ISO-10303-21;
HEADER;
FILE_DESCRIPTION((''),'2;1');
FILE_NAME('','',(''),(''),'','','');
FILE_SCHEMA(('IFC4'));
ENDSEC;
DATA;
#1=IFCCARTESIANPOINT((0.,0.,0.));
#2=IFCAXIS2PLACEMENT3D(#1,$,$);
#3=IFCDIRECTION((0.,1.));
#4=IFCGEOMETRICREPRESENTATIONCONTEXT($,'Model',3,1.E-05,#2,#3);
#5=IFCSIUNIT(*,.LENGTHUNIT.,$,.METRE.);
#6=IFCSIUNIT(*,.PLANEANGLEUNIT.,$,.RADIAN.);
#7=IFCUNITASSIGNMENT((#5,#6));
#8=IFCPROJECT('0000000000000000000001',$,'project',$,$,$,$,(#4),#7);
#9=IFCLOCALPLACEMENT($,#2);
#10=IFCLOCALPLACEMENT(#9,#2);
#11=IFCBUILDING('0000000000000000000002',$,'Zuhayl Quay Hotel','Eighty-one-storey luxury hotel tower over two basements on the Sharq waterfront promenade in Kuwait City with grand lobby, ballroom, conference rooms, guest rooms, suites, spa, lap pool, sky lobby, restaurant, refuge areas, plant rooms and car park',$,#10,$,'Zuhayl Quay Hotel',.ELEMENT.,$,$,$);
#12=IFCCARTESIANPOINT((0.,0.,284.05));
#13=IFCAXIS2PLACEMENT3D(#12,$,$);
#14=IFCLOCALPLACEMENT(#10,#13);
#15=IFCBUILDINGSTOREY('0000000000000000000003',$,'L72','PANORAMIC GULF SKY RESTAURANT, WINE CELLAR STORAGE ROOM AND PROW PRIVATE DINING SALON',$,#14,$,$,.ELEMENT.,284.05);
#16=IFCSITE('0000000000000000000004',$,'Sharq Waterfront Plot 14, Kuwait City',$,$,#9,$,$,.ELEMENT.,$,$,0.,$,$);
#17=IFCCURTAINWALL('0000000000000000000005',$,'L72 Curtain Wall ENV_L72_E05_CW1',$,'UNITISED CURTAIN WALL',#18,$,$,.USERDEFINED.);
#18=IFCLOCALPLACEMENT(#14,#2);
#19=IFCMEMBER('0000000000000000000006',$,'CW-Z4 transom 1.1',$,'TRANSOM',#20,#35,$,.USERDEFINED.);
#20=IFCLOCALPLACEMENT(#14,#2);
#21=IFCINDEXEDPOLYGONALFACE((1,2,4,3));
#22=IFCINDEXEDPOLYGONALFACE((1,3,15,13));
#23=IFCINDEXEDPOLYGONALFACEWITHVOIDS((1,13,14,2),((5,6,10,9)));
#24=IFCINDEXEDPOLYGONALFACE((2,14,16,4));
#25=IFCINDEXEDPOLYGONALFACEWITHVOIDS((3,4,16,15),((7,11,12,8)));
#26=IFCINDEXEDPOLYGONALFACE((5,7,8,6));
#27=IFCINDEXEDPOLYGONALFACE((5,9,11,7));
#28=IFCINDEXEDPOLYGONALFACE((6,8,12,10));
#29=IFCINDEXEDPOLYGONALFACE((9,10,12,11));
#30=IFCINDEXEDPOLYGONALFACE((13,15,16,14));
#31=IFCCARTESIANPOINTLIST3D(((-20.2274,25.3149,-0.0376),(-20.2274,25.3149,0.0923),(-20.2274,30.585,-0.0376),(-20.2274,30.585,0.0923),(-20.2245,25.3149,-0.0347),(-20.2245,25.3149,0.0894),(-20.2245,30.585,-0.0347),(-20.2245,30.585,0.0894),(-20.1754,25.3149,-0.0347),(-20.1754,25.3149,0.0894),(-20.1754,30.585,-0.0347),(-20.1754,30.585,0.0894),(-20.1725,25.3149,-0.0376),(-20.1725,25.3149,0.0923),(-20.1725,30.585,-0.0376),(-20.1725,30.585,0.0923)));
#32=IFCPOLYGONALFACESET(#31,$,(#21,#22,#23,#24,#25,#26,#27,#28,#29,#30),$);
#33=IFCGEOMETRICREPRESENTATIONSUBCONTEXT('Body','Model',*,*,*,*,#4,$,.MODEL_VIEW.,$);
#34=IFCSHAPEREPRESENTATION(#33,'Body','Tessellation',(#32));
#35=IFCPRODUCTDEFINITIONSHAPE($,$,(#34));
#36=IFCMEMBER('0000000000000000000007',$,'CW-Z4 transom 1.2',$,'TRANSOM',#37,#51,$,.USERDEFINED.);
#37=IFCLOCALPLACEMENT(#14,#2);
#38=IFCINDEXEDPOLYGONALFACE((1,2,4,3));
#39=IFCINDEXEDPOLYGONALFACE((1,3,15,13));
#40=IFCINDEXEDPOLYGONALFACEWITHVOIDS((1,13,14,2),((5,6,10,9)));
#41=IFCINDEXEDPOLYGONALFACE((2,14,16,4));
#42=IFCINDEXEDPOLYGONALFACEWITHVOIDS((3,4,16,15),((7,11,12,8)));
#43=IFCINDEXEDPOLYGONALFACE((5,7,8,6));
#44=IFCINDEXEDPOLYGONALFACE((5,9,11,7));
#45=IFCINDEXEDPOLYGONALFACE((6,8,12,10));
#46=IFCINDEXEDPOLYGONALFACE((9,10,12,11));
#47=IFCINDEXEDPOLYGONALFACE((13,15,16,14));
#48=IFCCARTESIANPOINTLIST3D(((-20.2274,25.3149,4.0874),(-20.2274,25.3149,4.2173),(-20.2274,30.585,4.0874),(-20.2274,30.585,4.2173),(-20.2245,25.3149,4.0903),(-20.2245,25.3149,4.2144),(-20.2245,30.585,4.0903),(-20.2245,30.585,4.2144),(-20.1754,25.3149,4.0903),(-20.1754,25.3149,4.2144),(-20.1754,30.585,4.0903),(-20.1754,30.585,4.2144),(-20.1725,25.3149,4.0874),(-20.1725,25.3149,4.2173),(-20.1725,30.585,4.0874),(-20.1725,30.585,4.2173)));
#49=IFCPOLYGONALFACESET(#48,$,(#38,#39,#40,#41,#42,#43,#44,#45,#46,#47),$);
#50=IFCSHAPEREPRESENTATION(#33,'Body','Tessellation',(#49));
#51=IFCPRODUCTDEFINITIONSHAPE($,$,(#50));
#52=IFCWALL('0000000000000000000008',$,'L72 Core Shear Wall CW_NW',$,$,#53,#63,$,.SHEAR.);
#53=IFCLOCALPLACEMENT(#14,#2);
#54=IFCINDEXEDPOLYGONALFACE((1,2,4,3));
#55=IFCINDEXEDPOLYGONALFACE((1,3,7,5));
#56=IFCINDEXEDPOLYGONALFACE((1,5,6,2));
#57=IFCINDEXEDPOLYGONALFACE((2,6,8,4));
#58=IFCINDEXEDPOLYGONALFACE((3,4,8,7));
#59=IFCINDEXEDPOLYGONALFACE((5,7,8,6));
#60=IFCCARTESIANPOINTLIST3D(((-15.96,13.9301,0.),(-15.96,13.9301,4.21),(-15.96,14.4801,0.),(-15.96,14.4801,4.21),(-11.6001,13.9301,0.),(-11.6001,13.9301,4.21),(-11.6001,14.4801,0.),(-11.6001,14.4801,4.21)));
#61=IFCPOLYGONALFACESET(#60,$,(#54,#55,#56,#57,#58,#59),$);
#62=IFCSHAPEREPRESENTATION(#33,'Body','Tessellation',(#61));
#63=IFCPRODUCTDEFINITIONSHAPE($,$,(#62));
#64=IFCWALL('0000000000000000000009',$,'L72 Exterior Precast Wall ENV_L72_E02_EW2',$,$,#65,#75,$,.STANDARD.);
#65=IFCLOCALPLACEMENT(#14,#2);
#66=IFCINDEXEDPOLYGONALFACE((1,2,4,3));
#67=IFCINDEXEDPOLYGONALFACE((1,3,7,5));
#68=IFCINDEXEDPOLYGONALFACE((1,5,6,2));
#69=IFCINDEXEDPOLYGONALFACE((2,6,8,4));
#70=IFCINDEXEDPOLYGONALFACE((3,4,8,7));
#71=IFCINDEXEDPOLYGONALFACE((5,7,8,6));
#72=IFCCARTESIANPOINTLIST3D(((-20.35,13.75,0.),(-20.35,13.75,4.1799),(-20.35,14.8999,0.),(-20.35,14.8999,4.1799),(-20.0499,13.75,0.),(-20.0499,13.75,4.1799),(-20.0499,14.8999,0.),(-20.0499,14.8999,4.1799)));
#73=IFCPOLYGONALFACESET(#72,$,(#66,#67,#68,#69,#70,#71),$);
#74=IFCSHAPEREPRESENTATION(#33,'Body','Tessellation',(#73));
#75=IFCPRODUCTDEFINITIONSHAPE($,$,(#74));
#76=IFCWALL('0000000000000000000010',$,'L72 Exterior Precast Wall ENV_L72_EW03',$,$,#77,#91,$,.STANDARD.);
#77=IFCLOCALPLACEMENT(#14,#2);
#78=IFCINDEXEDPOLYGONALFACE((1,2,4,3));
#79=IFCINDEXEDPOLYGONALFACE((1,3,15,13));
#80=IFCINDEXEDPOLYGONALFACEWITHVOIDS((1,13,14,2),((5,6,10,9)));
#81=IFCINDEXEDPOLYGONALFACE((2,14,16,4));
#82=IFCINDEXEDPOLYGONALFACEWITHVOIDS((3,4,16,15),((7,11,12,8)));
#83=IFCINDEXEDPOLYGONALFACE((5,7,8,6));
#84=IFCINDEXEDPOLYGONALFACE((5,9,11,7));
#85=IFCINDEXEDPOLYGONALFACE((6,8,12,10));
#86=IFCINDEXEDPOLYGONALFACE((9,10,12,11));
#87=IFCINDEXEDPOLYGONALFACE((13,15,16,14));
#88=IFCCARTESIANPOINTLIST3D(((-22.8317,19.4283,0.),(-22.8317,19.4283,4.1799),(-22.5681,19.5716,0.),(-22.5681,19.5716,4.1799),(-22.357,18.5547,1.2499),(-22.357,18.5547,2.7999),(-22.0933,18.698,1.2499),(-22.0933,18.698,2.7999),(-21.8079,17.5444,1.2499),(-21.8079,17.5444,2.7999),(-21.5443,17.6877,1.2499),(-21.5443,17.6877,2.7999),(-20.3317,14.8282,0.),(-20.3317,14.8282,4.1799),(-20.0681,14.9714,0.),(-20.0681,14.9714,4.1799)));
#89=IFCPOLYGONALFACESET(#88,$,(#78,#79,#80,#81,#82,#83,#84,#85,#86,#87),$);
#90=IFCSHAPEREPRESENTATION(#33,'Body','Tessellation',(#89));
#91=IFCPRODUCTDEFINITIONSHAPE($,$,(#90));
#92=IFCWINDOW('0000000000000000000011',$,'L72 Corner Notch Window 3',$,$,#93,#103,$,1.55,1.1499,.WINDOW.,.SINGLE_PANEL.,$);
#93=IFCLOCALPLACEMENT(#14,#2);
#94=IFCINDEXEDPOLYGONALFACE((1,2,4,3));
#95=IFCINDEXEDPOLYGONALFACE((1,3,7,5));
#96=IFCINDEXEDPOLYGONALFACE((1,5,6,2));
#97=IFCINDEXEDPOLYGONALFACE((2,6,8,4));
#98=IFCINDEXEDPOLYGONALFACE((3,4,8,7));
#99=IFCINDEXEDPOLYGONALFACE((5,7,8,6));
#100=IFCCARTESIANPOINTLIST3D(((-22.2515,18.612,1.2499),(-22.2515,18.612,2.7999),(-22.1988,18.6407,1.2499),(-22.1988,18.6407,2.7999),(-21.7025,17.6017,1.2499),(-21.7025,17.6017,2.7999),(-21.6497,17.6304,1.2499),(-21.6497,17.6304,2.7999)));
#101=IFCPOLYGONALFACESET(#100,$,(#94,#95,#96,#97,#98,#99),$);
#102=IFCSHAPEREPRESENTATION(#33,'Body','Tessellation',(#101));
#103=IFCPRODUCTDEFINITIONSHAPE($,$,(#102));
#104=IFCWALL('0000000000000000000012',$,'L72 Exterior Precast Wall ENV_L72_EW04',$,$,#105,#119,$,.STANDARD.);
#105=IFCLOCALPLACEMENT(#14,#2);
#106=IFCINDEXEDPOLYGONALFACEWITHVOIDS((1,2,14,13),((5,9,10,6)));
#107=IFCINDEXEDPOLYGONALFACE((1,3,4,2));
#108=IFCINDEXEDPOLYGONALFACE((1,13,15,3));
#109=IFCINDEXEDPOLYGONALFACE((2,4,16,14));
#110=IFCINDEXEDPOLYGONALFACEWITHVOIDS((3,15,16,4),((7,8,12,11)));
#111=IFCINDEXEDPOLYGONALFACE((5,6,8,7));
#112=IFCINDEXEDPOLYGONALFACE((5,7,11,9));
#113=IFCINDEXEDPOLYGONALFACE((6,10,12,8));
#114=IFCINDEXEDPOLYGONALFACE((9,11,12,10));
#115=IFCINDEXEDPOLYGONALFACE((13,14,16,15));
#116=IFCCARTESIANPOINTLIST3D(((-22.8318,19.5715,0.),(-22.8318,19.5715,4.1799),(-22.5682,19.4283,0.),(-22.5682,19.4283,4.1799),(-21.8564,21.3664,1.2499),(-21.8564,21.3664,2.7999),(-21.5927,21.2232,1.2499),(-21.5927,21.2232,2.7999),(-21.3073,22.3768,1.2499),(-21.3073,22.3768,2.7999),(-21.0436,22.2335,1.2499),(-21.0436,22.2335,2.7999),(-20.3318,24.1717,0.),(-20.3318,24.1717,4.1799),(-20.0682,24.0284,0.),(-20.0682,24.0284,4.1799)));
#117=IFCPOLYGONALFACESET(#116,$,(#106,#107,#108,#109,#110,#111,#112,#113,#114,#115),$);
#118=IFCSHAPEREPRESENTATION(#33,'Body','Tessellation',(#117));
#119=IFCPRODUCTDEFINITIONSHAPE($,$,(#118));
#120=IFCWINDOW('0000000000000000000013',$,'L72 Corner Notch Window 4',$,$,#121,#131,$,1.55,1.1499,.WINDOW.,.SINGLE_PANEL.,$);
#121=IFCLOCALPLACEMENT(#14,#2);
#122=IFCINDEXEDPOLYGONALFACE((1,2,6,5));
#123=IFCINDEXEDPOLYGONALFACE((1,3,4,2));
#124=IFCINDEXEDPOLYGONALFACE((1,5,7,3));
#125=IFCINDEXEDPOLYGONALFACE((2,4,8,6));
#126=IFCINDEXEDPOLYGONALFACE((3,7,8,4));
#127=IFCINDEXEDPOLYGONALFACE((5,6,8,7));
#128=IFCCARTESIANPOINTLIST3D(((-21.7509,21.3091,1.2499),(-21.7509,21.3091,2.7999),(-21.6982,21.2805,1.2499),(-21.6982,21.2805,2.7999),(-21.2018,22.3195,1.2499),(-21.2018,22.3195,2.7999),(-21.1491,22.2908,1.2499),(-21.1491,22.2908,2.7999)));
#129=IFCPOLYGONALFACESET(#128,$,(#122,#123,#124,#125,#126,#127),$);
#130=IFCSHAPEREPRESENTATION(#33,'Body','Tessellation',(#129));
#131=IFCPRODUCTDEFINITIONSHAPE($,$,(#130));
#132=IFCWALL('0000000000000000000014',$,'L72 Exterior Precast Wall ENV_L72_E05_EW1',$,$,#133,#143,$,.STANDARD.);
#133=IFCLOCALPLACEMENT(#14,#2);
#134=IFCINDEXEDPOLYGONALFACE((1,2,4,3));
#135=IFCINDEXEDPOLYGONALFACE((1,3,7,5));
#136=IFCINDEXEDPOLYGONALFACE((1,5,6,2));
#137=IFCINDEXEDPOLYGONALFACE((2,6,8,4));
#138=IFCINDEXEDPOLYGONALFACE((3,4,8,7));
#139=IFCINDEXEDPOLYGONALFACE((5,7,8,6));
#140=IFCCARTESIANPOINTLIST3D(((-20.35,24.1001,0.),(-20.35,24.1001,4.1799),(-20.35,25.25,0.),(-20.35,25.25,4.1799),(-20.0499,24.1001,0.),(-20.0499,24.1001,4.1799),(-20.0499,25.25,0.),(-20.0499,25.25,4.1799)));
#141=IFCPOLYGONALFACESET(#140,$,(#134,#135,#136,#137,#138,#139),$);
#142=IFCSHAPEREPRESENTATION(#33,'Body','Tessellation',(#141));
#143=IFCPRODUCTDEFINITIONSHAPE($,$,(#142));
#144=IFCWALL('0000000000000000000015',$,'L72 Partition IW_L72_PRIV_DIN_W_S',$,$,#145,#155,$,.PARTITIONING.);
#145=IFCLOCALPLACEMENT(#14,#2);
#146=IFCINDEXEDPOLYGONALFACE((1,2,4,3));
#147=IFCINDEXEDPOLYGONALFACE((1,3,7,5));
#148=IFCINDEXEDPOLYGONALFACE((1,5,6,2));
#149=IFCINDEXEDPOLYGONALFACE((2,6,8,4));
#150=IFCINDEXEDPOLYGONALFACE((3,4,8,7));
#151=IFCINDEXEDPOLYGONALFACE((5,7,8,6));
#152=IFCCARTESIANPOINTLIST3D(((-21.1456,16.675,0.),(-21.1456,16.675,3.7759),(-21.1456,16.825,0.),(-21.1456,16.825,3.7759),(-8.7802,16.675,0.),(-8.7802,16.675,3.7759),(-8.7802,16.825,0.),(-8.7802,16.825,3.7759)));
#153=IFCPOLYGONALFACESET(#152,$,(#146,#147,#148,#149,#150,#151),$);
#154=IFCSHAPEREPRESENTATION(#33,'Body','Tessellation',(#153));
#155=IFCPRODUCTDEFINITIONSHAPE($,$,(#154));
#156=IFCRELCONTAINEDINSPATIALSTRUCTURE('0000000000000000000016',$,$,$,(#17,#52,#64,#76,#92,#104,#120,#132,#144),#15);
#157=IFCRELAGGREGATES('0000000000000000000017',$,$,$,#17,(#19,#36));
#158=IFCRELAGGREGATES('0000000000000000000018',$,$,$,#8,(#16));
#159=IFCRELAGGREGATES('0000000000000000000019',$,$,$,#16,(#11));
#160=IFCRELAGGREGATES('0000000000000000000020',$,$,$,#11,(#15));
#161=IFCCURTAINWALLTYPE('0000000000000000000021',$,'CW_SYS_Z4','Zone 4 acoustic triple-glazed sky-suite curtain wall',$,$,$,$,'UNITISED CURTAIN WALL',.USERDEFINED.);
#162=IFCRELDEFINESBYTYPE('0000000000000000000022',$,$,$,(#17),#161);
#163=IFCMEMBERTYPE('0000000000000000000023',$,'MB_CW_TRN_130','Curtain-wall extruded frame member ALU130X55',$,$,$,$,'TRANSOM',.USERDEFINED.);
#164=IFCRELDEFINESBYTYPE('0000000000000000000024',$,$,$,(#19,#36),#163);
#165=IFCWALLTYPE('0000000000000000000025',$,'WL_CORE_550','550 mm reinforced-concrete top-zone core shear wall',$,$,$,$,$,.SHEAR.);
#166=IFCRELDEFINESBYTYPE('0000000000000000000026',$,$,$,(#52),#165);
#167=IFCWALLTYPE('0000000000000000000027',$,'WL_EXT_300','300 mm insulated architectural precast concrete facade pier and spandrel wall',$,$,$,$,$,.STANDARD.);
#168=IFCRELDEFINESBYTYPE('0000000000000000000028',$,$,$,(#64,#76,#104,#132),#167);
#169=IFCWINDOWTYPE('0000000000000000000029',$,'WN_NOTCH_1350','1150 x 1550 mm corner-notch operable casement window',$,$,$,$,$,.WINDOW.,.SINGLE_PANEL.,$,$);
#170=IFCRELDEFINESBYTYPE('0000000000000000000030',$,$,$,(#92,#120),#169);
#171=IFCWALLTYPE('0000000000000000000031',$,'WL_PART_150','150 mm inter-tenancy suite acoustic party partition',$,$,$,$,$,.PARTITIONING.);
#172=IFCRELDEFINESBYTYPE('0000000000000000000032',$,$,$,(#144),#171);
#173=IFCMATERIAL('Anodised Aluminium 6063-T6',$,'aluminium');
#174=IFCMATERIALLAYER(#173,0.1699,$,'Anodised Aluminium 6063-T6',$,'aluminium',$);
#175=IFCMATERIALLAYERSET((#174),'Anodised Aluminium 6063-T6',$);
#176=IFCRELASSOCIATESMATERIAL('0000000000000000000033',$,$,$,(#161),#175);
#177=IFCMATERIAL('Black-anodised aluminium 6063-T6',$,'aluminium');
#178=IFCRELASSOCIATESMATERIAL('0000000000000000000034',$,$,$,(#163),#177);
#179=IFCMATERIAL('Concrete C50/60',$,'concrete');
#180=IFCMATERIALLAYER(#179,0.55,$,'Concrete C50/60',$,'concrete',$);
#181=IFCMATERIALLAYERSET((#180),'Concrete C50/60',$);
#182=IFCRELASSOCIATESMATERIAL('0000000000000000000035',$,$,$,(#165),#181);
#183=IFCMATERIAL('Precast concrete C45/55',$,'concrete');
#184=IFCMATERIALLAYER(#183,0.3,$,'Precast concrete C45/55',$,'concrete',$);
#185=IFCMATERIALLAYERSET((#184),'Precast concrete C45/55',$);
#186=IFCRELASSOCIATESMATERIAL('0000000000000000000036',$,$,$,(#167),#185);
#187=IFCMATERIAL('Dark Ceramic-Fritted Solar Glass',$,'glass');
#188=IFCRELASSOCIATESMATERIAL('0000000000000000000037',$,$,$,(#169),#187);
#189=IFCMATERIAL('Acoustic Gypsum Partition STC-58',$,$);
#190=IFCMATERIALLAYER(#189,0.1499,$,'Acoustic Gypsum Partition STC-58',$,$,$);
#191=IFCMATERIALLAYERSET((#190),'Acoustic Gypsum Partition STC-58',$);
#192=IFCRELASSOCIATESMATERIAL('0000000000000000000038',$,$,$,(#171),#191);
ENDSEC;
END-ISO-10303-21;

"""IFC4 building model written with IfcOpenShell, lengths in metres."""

from ifc_helpers import new_model, si_unit, direction, frame, frame_2d, origin, origin_2d, place, context, subcontext, project, spatial, rectangle, hollow_rectangle, extrude, material, layer, layer_set, material_profile, profile_set, type_object, element, fill, aggregate, save


model = new_model("IFC4")

# Units and contexts
model_context = context("Model", 3, precision=1e-05, world=origin(), true_north=direction((0.0, 1.0)))
body_context = subcontext(model_context, "Body", "Model", "MODEL_VIEW")
ifc_project = project(units=[si_unit("LENGTHUNIT", "METRE"), si_unit("PLANEANGLEUNIT", "RADIAN")], contexts=[model_context])

# Site, building, storey
site_placement = place(None, origin())
site = spatial("IfcSite", under=ifc_project, at=site_placement, Name="Sharq Waterfront Plot 14, Kuwait City", CompositionType="ELEMENT", RefElevation=0.0)
building_placement = place(site_placement, origin())
building = spatial("IfcBuilding", under=site, at=building_placement, Name="Zuhayl Quay Hotel", Description="Eighty-one-storey luxury hotel tower over two basements on the Sharq waterfront promenade in Kuwait City with grand lobby, ballroom, conference rooms, guest rooms, suites, spa, lap pool, sky lobby, restaurant, refuge areas, plant rooms and car park", LongName="Zuhayl Quay Hotel", CompositionType="ELEMENT")
storey_placement = place(building_placement, frame((0.0, 0.0, 284.05)))
storey = spatial("IfcBuildingStorey", under=building, at=storey_placement, Name="L72", Description="PANORAMIC GULF SKY RESTAURANT, WINE CELLAR STORAGE ROOM AND PROW PRIVATE DINING SALON", CompositionType="ELEMENT", Elevation=284.05)

# Shared definitions
ifc_material_1 = material(Name="Anodised Aluminium 6063-T6", Category="aluminium")
ifc_layer_1 = layer(ifc_material_1, 0.1699, Name="Anodised Aluminium 6063-T6", Category="aluminium")
ifc_layer_set_1 = layer_set([ifc_layer_1], Name="Anodised Aluminium 6063-T6")
curtain_wall_type = type_object("IfcCurtainWallType", Name="CW_SYS_Z4", Description="Zone 4 acoustic triple-glazed sky-suite curtain wall", ElementType="UNITISED CURTAIN WALL", PredefinedType="USERDEFINED", material=ifc_layer_set_1)
ifc_material_2 = material(Name="Black-anodised aluminium 6063-T6", Category="aluminium")

# Curtain wall, members
curtain_wall_1_placement = place(storey_placement, origin())
curtain_wall_1 = element("IfcCurtainWall", 1, at=curtain_wall_1_placement, inside=storey, type_object=curtain_wall_type, Name="L72 Curtain Wall ENV_L72_E05_CW1", ObjectType="UNITISED CURTAIN WALL", PredefinedType="USERDEFINED")
ifc_material_profile_1 = material_profile(ifc_material_2, hollow_rectangle(XDim=0.0549, YDim=0.1299, WallThickness=0.0029, at=origin_2d()), Name="ALU130X55")
ifc_profile_set_1 = profile_set([ifc_material_profile_1], Name="Black-anodised aluminium 6063-T6")
member_type_1 = type_object("IfcMemberType", Name="MB_CW_TRN_130", Description="Curtain-wall extruded frame member ALU130X55", ElementType="TRANSOM", PredefinedType="USERDEFINED", material=ifc_profile_set_1)
member_1_placement = place(storey_placement, frame((-20.2, 25.3149, 0.0273), z_axis=(0.0, 1.0, 0.0), x_axis=(-1.0, 0.0, 0.0)))
member_1 = element("IfcMember", 2, at=member_1_placement, type_object=member_type_1, Name="CW-Z4 transom 1.1", ObjectType="TRANSOM", PredefinedType="USERDEFINED", context=body_context, shape_type="SweptSolid", body=[
    extrude(hollow_rectangle(XDim=0.0549, YDim=0.1299, WallThickness=0.0029, at=origin_2d()), origin(), (0.0, 0.0, 1.0), 5.27),
])
member_2_placement = place(storey_placement, frame((-20.2, 25.3149, 4.1523), z_axis=(0.0, 1.0, 0.0), x_axis=(-1.0, 0.0, 0.0)))
member_2 = element("IfcMember", 3, at=member_2_placement, type_object=member_type_1, Name="CW-Z4 transom 1.2", ObjectType="TRANSOM", PredefinedType="USERDEFINED", context=body_context, shape_type="SweptSolid", body=[
    extrude(hollow_rectangle(XDim=0.0549, YDim=0.1299, WallThickness=0.0029, at=origin_2d()), origin(), (0.0, 0.0, 1.0), 5.27),
])
aggregate(curtain_wall_1, [member_1, member_2])

# Walls
ifc_material_3 = material(Name="Concrete C50/60", Category="concrete")
ifc_layer_2 = layer(ifc_material_3, 0.55, Name="Concrete C50/60", Category="concrete")
ifc_layer_set_2 = layer_set([ifc_layer_2], Name="Concrete C50/60")
wall_type_1 = type_object("IfcWallType", Name="WL_CORE_550", Description="550 mm reinforced-concrete top-zone core shear wall", PredefinedType="SHEAR", material=ifc_layer_set_2)
wall_1_placement = place(storey_placement, frame((-15.96, 14.2051, 0.0), z_axis=(0.0, 0.0, 1.0), x_axis=(1.0, 0.0, 0.0)))
element("IfcWall", 4, at=wall_1_placement, inside=storey, type_object=wall_type_1, Name="L72 Core Shear Wall CW_NW", PredefinedType="SHEAR", context=body_context, shape_type="SweptSolid", body=[
    extrude(rectangle(XDim=4.3599, YDim=0.55, at=frame_2d((2.1799, 0.0))), origin(), (0.0, 0.0, 1.0), 4.21),
])
ifc_material_4 = material(Name="Precast concrete C45/55", Category="concrete")
ifc_layer_3 = layer(ifc_material_4, 0.3, Name="Precast concrete C45/55", Category="concrete")
ifc_layer_set_3 = layer_set([ifc_layer_3], Name="Precast concrete C45/55")
wall_type_2 = type_object("IfcWallType", Name="WL_EXT_300", Description="300 mm insulated architectural precast concrete facade pier and spandrel wall", PredefinedType="STANDARD", material=ifc_layer_set_3)
wall_2_placement = place(storey_placement, frame((-20.2, 13.75, 0.0), z_axis=(0.0, 0.0, 1.0), x_axis=(0.0, 1.0, 0.0)))
element("IfcWall", 5, at=wall_2_placement, inside=storey, type_object=wall_type_2, Name="L72 Exterior Precast Wall ENV_L72_E02_EW2", PredefinedType="STANDARD", context=body_context, shape_type="SweptSolid", body=[
    extrude(rectangle(XDim=1.1499, YDim=0.3, at=frame_2d((0.575, 0.0))), origin(), (0.0, 0.0, 1.0), 4.1799),
])

# Walls, openings, windows
wall_3_placement = place(storey_placement, frame((-20.2, 14.8999, 0.0), z_axis=(0.0, 0.0, 1.0), x_axis=(-0.477505, 0.878629, 0.0)))
wall_3 = element("IfcWall", 6, at=wall_3_placement, inside=storey, type_object=wall_type_2, Name="L72 Exterior Precast Wall ENV_L72_EW03", PredefinedType="STANDARD", context=body_context, shape_type="SweptSolid", body=[
    extrude(rectangle(XDim=5.2356, YDim=0.3, at=frame_2d((2.6177, 0.0))), origin(), (0.0, 0.0, 1.0), 4.1799),
])
opening_1_placement = place(wall_3_placement, frame((3.0913, 0.0, 1.25)))
opening_1 = element("IfcOpeningElement", 7, at=opening_1_placement, cuts=wall_3, PredefinedType="OPENING", context=body_context, shape_type="SweptSolid", body=[
    extrude(rectangle(XDim=1.1499, YDim=1.55, at=frame_2d((0.575, 0.7749))), frame((0.0, 0.1599, 0.0), z_axis=(0.0, -1.0, 0.0), x_axis=(1.0, 0.0, 0.0)), (0.0, 0.0, 1.0), 0.3201),
])
ifc_material_5 = material(Name="Dark Ceramic-Fritted Solar Glass", Category="glass")
window_type = type_object("IfcWindowType", Name="WN_NOTCH_1350", Description="1150 x 1550 mm corner-notch operable casement window", PartitioningType="SINGLE_PANEL", PredefinedType="WINDOW", material=ifc_material_5)
window_1_placement = place(opening_1_placement, origin())
window_1 = element("IfcWindow", 8, at=window_1_placement, inside=storey, type_object=window_type, Name="L72 Corner Notch Window 3", OverallHeight=1.55, OverallWidth=1.1499, PartitioningType="SINGLE_PANEL", PredefinedType="WINDOW", context=body_context, shape_type="SweptSolid", body=[
    extrude(rectangle(XDim=1.1499, YDim=1.55, at=frame_2d((0.575, 0.7749))), frame((0.0, 0.03, 0.0), z_axis=(0.0, -1.0, 0.0), x_axis=(1.0, 0.0, 0.0)), (0.0, 0.0, 1.0), 0.0601),
])
fill(opening_1, window_1)
wall_4_placement = place(storey_placement, frame((-22.7, 19.5, 0.0), z_axis=(0.0, 0.0, 1.0), x_axis=(0.477505, 0.878629, 0.0)))
wall_4 = element("IfcWall", 9, at=wall_4_placement, inside=storey, type_object=wall_type_2, Name="L72 Exterior Precast Wall ENV_L72_EW04", PredefinedType="STANDARD", context=body_context, shape_type="SweptSolid", body=[
    extrude(rectangle(XDim=5.2356, YDim=0.3, at=frame_2d((2.6177, 0.0))), origin(), (0.0, 0.0, 1.0), 4.1799),
])
opening_2_placement = place(wall_4_placement, frame((2.0427, 0.0, 1.25)))
opening_2 = element("IfcOpeningElement", 10, at=opening_2_placement, cuts=wall_4, PredefinedType="OPENING", context=body_context, shape_type="SweptSolid", body=[
    extrude(rectangle(XDim=1.1499, YDim=1.55, at=frame_2d((0.575, 0.7749))), frame((0.0, 0.1599, 0.0), z_axis=(0.0, -1.0, 0.0), x_axis=(1.0, 0.0, 0.0)), (0.0, 0.0, 1.0), 0.3201),
])
window_2_placement = place(opening_2_placement, origin())
window_2 = element("IfcWindow", 11, at=window_2_placement, inside=storey, type_object=window_type, Name="L72 Corner Notch Window 4", OverallHeight=1.55, OverallWidth=1.1499, PartitioningType="SINGLE_PANEL", PredefinedType="WINDOW", context=body_context, shape_type="SweptSolid", body=[
    extrude(rectangle(XDim=1.1499, YDim=1.55, at=frame_2d((0.575, 0.7749))), frame((0.0, 0.03, 0.0), z_axis=(0.0, -1.0, 0.0), x_axis=(1.0, 0.0, 0.0)), (0.0, 0.0, 1.0), 0.0601),
])
fill(opening_2, window_2)

# Walls
wall_5_placement = place(storey_placement, frame((-20.2, 24.1001, 0.0), z_axis=(0.0, 0.0, 1.0), x_axis=(0.0, 1.0, 0.0)))
element("IfcWall", 12, at=wall_5_placement, inside=storey, type_object=wall_type_2, Name="L72 Exterior Precast Wall ENV_L72_E05_EW1", PredefinedType="STANDARD", context=body_context, shape_type="SweptSolid", body=[
    extrude(rectangle(XDim=1.1499, YDim=0.3, at=frame_2d((0.575, 0.0))), origin(), (0.0, 0.0, 1.0), 4.1799),
])
ifc_material_6 = material(Name="Acoustic Gypsum Partition STC-58")
ifc_layer_4 = layer(ifc_material_6, 0.1499, Name="Acoustic Gypsum Partition STC-58")
ifc_layer_set_4 = layer_set([ifc_layer_4], Name="Acoustic Gypsum Partition STC-58")
wall_type_3 = type_object("IfcWallType", Name="WL_PART_150", Description="150 mm inter-tenancy suite acoustic party partition", PredefinedType="PARTITIONING", material=ifc_layer_set_4)
wall_6_placement = place(storey_placement, frame((-21.1455, 16.75, 0.0), z_axis=(0.0, 0.0, 1.0), x_axis=(1.0, 0.0, 0.0)))
element("IfcWall", 13, at=wall_6_placement, inside=storey, type_object=wall_type_3, Name="L72 Partition IW_L72_PRIV_DIN_W_S", PredefinedType="PARTITIONING", context=body_context, shape_type="SweptSolid", body=[
    extrude(rectangle(XDim=12.3655, YDim=0.1499, at=frame_2d((6.1826, 0.0))), origin(), (0.0, 0.0, 1.0), 3.7759),
])

save(model, "model.ifc")
